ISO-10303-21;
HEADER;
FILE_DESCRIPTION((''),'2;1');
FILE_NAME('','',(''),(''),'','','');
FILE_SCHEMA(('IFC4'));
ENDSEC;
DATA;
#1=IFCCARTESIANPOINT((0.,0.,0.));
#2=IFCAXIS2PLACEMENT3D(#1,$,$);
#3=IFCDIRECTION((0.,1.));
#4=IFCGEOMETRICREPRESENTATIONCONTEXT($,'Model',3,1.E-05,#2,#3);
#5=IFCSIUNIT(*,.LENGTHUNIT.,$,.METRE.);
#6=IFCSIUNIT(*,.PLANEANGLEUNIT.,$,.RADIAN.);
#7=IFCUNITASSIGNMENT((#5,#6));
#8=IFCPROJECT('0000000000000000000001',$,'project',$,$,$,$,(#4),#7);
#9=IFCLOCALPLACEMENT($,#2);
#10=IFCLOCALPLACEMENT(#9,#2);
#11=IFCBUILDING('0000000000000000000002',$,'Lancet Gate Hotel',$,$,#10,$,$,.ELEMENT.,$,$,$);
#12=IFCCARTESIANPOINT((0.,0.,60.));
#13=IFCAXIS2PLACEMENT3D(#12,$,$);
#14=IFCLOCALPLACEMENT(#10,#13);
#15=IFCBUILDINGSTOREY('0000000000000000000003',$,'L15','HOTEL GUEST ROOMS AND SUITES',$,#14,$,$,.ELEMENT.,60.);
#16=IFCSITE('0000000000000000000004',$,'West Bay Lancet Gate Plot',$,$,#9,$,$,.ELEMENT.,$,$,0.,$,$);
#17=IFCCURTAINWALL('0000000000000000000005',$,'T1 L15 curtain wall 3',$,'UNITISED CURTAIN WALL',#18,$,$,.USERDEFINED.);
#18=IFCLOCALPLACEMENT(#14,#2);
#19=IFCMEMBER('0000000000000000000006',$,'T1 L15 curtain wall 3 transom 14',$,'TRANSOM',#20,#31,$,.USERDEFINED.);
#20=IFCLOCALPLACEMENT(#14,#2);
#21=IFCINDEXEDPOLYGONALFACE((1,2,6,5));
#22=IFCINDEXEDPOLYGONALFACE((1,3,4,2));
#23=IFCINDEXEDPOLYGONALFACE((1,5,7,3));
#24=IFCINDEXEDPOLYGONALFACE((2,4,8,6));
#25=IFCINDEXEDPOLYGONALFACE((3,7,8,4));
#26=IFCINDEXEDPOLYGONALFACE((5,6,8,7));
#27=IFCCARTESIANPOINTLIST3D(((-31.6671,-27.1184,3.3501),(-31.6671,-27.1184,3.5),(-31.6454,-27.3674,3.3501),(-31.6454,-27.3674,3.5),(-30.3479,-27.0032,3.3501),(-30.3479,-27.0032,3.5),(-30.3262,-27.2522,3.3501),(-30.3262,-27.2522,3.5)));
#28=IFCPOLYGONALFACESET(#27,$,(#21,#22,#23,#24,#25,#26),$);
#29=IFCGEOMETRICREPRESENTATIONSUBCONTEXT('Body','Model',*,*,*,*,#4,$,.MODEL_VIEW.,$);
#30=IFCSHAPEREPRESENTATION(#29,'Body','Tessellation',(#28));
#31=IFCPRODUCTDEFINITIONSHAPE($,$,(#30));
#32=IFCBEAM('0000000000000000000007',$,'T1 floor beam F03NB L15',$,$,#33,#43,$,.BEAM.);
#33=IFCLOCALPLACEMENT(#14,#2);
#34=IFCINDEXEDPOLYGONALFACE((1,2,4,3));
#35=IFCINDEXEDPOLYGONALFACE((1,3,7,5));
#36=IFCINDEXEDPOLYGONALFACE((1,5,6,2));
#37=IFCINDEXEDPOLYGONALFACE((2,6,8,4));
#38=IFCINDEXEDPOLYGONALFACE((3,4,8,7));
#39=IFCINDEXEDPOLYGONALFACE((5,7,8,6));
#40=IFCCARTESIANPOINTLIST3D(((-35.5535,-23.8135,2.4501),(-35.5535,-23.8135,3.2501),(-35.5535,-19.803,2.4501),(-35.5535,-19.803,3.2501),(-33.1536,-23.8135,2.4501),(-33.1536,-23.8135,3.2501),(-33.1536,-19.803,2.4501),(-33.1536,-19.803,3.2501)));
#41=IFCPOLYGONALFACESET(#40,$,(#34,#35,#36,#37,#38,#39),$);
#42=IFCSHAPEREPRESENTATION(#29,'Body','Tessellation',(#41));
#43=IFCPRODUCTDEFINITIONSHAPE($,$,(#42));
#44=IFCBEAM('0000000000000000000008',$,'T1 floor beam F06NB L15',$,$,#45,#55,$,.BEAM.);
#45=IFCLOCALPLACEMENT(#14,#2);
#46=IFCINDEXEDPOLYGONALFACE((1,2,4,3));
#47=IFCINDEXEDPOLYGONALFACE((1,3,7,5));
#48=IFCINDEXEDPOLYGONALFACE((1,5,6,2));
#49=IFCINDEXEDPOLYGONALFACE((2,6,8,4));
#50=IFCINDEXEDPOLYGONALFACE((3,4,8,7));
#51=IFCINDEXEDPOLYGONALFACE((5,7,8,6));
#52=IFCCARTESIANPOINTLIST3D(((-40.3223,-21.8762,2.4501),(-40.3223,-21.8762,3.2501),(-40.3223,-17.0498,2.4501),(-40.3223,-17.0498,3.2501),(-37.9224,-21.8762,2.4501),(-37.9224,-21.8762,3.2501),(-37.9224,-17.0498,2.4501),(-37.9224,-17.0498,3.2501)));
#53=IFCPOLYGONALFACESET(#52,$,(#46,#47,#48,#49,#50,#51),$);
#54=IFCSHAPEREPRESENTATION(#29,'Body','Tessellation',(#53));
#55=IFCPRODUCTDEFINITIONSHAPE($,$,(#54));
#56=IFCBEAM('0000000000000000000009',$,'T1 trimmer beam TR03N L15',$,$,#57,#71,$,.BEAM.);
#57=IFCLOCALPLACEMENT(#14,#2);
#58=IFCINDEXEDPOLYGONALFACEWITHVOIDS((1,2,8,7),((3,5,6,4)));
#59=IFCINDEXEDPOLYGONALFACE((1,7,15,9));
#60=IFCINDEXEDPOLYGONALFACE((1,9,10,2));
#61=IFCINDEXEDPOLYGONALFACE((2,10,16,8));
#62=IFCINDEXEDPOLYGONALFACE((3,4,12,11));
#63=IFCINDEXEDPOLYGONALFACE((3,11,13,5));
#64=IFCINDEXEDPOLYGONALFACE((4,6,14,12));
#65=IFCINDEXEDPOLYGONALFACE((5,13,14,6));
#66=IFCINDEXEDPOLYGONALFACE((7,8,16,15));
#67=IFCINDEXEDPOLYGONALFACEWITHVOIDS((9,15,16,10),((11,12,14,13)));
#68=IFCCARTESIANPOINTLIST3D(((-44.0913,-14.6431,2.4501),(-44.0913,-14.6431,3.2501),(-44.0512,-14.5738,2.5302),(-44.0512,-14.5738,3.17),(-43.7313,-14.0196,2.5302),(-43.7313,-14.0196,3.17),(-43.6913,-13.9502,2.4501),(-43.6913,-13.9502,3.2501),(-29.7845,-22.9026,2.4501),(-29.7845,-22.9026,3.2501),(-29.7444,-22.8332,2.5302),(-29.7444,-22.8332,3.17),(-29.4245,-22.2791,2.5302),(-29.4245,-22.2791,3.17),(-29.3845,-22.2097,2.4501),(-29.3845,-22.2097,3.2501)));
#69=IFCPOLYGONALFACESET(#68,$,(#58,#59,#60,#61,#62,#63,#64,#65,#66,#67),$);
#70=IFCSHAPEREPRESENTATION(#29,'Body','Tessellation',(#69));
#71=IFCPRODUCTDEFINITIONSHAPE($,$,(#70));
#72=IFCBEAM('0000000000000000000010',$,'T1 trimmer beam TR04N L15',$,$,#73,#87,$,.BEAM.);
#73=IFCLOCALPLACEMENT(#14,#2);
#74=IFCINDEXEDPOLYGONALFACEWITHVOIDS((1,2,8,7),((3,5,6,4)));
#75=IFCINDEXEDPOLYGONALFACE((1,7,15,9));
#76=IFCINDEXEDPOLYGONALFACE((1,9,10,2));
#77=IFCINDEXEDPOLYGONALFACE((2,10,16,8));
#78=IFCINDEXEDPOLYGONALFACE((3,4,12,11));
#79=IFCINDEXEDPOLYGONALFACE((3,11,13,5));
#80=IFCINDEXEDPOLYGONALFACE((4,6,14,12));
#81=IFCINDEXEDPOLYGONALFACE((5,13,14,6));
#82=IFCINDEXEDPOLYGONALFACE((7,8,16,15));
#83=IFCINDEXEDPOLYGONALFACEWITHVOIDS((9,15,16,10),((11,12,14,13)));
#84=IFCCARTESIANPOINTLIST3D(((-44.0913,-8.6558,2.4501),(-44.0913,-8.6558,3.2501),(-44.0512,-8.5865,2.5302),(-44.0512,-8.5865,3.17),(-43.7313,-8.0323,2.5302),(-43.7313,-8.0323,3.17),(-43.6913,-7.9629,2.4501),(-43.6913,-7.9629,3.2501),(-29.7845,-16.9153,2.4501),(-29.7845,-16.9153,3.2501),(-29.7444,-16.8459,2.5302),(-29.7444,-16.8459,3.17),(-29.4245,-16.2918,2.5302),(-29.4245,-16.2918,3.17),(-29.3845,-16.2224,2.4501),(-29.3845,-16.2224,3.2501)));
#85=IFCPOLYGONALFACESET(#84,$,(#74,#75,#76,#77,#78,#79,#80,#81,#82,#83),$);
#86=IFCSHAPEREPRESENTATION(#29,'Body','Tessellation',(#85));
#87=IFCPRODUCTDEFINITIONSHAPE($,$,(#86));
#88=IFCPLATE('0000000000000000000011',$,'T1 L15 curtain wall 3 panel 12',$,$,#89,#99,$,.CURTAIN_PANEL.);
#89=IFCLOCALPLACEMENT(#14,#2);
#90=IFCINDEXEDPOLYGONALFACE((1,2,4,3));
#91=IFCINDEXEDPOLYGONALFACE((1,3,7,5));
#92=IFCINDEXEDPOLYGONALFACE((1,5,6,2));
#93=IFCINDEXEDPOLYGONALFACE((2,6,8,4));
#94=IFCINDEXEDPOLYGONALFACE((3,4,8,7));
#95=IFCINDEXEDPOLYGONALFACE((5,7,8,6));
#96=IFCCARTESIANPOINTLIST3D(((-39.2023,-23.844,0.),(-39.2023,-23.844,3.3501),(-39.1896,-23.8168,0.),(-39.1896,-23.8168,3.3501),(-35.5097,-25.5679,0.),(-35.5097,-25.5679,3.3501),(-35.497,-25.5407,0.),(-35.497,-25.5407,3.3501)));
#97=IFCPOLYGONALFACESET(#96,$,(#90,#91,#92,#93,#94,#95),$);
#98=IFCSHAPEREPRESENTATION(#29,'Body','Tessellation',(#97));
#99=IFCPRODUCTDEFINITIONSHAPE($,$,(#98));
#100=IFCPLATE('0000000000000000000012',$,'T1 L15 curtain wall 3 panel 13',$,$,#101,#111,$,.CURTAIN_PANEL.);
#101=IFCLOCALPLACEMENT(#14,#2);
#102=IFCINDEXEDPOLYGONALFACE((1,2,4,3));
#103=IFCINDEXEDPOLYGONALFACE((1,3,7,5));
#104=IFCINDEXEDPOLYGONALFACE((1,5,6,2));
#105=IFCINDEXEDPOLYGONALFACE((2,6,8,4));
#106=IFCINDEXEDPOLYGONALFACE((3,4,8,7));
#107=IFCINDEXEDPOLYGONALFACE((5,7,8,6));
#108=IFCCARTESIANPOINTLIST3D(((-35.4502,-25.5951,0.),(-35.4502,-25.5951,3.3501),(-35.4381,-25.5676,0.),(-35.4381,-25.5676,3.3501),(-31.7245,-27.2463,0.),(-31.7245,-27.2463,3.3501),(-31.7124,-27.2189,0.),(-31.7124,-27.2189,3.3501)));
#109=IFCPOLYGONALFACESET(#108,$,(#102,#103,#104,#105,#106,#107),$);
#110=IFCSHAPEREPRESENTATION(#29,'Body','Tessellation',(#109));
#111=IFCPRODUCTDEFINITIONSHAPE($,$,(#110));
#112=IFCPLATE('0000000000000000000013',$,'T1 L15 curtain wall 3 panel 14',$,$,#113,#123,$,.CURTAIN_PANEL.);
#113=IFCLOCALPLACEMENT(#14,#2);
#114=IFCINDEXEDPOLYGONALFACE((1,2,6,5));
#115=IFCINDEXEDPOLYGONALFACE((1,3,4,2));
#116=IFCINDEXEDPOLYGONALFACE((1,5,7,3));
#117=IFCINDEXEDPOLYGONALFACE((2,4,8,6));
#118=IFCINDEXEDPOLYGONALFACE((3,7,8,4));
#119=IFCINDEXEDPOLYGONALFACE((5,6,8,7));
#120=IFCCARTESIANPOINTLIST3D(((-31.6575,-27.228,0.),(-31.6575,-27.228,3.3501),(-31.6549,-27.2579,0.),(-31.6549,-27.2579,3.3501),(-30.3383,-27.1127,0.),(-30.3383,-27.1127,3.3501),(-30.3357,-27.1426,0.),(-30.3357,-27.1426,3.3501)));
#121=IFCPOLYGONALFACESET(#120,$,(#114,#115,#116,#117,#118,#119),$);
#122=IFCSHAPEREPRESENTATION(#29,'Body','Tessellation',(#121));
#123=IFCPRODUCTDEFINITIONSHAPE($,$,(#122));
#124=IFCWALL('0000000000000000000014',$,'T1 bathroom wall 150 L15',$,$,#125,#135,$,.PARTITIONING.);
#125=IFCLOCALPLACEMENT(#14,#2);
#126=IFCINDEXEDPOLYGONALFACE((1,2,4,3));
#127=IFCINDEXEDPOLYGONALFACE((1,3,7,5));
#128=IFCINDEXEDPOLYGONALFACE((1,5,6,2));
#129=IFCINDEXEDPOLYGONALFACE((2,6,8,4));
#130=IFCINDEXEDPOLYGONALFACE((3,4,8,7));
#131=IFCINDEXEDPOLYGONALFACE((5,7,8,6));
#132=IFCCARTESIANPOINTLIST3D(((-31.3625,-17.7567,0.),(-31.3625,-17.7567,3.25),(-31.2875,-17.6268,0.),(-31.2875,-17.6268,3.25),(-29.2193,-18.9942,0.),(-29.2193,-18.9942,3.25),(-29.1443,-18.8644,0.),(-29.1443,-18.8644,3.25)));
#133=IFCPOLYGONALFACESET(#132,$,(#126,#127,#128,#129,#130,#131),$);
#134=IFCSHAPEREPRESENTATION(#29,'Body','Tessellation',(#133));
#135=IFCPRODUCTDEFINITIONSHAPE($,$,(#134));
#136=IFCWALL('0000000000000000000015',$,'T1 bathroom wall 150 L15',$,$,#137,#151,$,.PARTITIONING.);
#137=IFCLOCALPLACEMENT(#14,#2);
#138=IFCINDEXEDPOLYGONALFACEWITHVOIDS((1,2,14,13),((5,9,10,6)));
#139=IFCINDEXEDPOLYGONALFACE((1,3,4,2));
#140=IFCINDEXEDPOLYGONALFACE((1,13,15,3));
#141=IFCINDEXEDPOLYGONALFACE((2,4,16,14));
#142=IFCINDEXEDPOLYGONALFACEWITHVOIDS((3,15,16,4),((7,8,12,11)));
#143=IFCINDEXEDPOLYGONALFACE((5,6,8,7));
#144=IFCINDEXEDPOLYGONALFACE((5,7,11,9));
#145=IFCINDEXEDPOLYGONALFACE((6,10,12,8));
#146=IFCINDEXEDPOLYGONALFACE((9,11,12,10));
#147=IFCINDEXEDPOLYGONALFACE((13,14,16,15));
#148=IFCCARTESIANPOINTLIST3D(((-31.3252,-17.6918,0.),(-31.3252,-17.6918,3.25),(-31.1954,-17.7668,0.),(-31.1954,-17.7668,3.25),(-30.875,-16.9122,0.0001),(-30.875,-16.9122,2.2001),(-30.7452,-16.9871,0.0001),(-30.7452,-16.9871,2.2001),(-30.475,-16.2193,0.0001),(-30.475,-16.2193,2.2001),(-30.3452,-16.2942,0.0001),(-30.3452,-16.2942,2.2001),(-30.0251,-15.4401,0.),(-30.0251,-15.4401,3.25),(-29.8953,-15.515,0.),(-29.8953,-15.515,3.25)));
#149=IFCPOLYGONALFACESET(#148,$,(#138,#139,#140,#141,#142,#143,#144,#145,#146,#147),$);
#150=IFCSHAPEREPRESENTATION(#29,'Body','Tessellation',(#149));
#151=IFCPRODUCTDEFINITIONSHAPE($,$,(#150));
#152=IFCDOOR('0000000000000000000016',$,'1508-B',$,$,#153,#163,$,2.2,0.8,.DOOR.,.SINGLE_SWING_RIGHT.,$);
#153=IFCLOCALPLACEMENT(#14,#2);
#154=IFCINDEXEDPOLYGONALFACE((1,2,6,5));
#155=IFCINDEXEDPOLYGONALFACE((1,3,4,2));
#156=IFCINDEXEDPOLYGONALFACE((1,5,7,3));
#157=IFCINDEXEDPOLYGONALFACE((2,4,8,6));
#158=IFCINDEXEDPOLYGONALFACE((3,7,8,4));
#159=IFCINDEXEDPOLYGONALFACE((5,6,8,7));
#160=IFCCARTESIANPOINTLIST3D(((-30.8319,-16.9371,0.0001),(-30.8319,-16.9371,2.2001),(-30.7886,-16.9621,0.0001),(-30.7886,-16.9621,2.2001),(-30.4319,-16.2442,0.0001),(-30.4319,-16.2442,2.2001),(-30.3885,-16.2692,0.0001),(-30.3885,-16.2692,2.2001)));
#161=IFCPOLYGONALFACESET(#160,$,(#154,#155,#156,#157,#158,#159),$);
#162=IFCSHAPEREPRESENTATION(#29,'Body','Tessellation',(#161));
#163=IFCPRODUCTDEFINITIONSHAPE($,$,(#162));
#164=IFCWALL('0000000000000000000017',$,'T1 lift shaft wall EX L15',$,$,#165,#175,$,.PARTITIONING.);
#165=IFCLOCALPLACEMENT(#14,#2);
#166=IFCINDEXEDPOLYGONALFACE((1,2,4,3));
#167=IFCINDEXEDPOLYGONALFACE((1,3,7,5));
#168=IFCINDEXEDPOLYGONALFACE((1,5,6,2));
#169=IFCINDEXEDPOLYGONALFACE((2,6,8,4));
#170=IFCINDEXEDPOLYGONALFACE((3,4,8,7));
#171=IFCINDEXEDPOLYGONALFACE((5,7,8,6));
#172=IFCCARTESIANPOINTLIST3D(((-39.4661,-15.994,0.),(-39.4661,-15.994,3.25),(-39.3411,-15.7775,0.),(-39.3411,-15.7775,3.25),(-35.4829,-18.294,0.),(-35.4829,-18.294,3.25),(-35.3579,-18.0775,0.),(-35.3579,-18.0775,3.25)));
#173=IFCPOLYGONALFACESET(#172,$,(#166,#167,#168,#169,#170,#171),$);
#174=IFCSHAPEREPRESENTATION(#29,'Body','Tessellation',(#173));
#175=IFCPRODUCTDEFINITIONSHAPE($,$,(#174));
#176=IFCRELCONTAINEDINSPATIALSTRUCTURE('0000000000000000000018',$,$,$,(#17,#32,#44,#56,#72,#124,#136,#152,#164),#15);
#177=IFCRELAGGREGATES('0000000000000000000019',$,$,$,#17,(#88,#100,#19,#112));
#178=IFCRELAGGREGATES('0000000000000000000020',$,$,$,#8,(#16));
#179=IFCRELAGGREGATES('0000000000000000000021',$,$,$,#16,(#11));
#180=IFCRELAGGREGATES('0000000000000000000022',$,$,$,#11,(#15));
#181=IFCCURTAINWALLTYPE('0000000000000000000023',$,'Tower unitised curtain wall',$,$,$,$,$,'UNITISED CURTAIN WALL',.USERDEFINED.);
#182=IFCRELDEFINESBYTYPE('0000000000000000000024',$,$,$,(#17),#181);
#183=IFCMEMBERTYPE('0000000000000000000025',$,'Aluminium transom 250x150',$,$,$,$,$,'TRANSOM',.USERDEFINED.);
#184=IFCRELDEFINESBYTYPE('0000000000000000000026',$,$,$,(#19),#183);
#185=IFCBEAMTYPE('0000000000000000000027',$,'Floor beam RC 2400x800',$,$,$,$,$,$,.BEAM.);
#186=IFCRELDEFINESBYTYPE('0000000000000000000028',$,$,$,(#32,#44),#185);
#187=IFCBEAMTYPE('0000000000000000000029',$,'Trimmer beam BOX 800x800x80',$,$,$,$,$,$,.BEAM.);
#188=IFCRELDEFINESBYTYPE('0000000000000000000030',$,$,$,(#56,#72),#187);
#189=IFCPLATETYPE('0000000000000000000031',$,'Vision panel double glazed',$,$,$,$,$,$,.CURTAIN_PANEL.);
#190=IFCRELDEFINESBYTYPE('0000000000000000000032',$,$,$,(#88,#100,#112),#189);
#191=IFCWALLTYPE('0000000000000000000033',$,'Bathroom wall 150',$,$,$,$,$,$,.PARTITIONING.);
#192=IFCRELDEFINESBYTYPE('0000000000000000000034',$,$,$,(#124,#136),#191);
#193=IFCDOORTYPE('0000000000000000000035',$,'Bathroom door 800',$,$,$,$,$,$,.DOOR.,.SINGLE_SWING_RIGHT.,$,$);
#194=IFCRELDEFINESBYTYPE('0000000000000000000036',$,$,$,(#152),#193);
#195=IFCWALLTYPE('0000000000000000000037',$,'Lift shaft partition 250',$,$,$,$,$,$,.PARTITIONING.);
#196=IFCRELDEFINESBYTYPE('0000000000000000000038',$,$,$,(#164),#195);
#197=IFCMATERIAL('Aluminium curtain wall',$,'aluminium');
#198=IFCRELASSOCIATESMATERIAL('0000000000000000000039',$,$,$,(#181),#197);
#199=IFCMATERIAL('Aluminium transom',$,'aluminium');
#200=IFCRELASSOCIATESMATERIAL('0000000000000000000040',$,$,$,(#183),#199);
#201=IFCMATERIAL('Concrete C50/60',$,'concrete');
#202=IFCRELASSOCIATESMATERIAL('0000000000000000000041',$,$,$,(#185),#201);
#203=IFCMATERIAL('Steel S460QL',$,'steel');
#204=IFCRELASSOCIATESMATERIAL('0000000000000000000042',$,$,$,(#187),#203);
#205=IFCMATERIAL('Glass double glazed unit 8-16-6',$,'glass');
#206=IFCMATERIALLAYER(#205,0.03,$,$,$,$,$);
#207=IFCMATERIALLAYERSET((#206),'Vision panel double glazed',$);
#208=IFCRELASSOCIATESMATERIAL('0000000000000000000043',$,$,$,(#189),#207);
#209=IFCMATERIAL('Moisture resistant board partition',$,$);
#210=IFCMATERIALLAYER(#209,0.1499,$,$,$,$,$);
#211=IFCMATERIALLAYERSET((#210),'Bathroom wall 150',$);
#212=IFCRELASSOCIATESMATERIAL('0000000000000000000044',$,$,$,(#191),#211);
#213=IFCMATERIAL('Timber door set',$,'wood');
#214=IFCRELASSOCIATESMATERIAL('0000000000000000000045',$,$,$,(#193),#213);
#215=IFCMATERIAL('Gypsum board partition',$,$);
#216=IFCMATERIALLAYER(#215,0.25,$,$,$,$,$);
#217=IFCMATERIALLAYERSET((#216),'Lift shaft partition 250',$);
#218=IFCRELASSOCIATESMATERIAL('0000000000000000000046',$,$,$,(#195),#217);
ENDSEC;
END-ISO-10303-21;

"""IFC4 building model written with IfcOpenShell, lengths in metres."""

from ifc_helpers import new_model, si_unit, direction, frame, frame_2d, origin, origin_2d, place, context, subcontext, project, spatial, rectangle, hollow_rectangle, extrude, material, layer, layer_set, material_profile, profile_set, type_object, element, fill, aggregate, save


model = new_model("IFC4")

# Units and contexts
model_context = context("Model", 3, precision=1e-05, world=origin(), true_north=direction((0.0, 1.0)))
body_context = subcontext(model_context, "Body", "Model", "MODEL_VIEW")
ifc_project = project(units=[si_unit("LENGTHUNIT", "METRE"), si_unit("PLANEANGLEUNIT", "RADIAN")], contexts=[model_context])

# Site, building, storey
site_placement = place(None, origin())
site = spatial("IfcSite", under=ifc_project, at=site_placement, Name="West Bay Lancet Gate Plot", CompositionType="ELEMENT", RefElevation=0.0)
building_placement = place(site_placement, origin())
building = spatial("IfcBuilding", under=site, at=building_placement, Name="Lancet Gate Hotel", CompositionType="ELEMENT")
storey_placement = place(building_placement, frame((0.0, 0.0, 60.0)))
storey = spatial("IfcBuildingStorey", under=building, at=storey_placement, Name="L15", Description="HOTEL GUEST ROOMS AND SUITES", CompositionType="ELEMENT", Elevation=60.0)

# Curtain wall, member
ifc_material_1 = material(Name="Aluminium curtain wall", Category="aluminium")
curtain_wall_type = type_object("IfcCurtainWallType", Name="Tower unitised curtain wall", ElementType="UNITISED CURTAIN WALL", PredefinedType="USERDEFINED", material=ifc_material_1)
curtain_wall_placement = place(storey_placement, origin())
curtain_wall = element("IfcCurtainWall", 1, at=curtain_wall_placement, inside=storey, type_object=curtain_wall_type, Name="T1 L15 curtain wall 3", ObjectType="UNITISED CURTAIN WALL", PredefinedType="USERDEFINED")
ifc_material_2 = material(Name="Aluminium transom", Category="aluminium")
ifc_material_profile_1 = material_profile(ifc_material_2, rectangle(XDim=0.25, YDim=0.1499, at=origin_2d()), Name="TRANSOM 250x150")
ifc_profile_set_1 = profile_set([ifc_material_profile_1], Name="Aluminium transom")
member_type_1 = type_object("IfcMemberType", Name="Aluminium transom 250x150", ElementType="TRANSOM", PredefinedType="USERDEFINED", material=ifc_profile_set_1)
member_1_placement = place(storey_placement, frame((-31.6562, -27.2429, 3.425), z_axis=(0.996206, 0.087027, 0.0), x_axis=(-0.087027, 0.996206, 0.0)))
member_1 = element("IfcMember", 2, at=member_1_placement, type_object=member_type_1, Name="T1 L15 curtain wall 3 transom 14", ObjectType="TRANSOM", PredefinedType="USERDEFINED", context=body_context, shape_type="SweptSolid", body=[
    extrude(rectangle(XDim=0.25, YDim=0.1499, at=origin_2d()), origin(), (0.0, 0.0, 1.0), 1.3242),
])

# Beams
ifc_material_3 = material(Name="Concrete C50/60", Category="concrete")
ifc_material_profile_2 = material_profile(ifc_material_3, rectangle(XDim=2.3999, YDim=0.8, at=origin_2d()), Name="RC 2400x800")
ifc_profile_set_2 = profile_set([ifc_material_profile_2], Name="Concrete C50/60")
beam_type_1 = type_object("IfcBeamType", Name="Floor beam RC 2400x800", PredefinedType="BEAM", material=ifc_profile_set_2)
beam_1_placement = place(storey_placement, frame((-34.3535, -19.803, 2.8501), z_axis=(0.0, -1.0, 0.0), x_axis=(1.0, 0.0, 0.0)))
element("IfcBeam", 3, at=beam_1_placement, inside=storey, type_object=beam_type_1, Name="T1 floor beam F03NB L15", PredefinedType="BEAM", context=body_context, shape_type="SweptSolid", body=[
    extrude(rectangle(XDim=2.3999, YDim=0.8, at=origin_2d()), origin(), (0.0, 0.0, 1.0), 4.0105),
])
beam_2_placement = place(storey_placement, frame((-39.1223, -17.0498, 2.8501), z_axis=(0.0, -1.0, 0.0), x_axis=(1.0, 0.0, 0.0)))
element("IfcBeam", 4, at=beam_2_placement, inside=storey, type_object=beam_type_1, Name="T1 floor beam F06NB L15", PredefinedType="BEAM", context=body_context, shape_type="SweptSolid", body=[
    extrude(rectangle(XDim=2.3999, YDim=0.8, at=origin_2d()), origin(), (0.0, 0.0, 1.0), 4.8264),
])
ifc_material_4 = material(Name="Steel S460QL", Category="steel")
ifc_material_profile_3 = material_profile(ifc_material_4, hollow_rectangle(XDim=0.8, YDim=0.8, WallThickness=0.0801, at=origin_2d()), Name="BOX 800x800x80")
ifc_profile_set_3 = profile_set([ifc_material_profile_3], Name="Steel S460QL")
beam_type_2 = type_object("IfcBeamType", Name="Trimmer beam BOX 800x800x80", PredefinedType="BEAM", material=ifc_profile_set_3)
for number, where, z_axis, x_axis, name in (
    (5, (-29.5845, -22.5562, 2.8501), (-0.86604, 0.499974, 0.0), (-0.499974, -0.86604, 0.0), "T1 trimmer beam TR03N L15"),
    (6, (-29.5845, -16.5688, 2.8501), (-0.86604, 0.499974, 0.0), (-0.499974, -0.86604, 0.0), "T1 trimmer beam TR04N L15"),
):
    element("IfcBeam", number, at=place(storey_placement, frame(where, z_axis=z_axis, x_axis=x_axis)), inside=storey, type_object=beam_type_2, Name=name, PredefinedType="BEAM", context=body_context, shape_type="SweptSolid", body=[
        extrude(hollow_rectangle(XDim=0.8, YDim=0.8, WallThickness=0.0801, at=origin_2d()), origin(), (0.0, 0.0, 1.0), 16.5198),
    ])

# Plates
ifc_material_5 = material(Name="Glass double glazed unit 8-16-6", Category="glass")
ifc_layer_1 = layer(ifc_material_5, 0.03)
ifc_layer_set_1 = layer_set([ifc_layer_1], Name="Vision panel double glazed")
plate_type = type_object("IfcPlateType", Name="Vision panel double glazed", PredefinedType="CURTAIN_PANEL", material=ifc_layer_set_1)
plate_1_placement = place(storey_placement, frame((-37.3496, -24.6924, 0.0), z_axis=(0.0, 0.0, 1.0), x_axis=(0.906118, -0.423026, 0.0)))
plate_1 = element("IfcPlate", 7, at=plate_1_placement, type_object=plate_type, Name="T1 L15 curtain wall 3 panel 12", PredefinedType="CURTAIN_PANEL", context=body_context, shape_type="SweptSolid", body=[
    extrude(rectangle(XDim=4.0752, YDim=0.03, at=origin_2d()), origin(), (0.0, 0.0, 1.0), 3.3501),
])
plate_2_placement = place(storey_placement, frame((-33.5813, -26.407, 0.0), z_axis=(0.0, 0.0, 1.0), x_axis=(0.914234, -0.405186, 0.0)))
plate_2 = element("IfcPlate", 8, at=plate_2_placement, type_object=plate_type, Name="T1 L15 curtain wall 3 panel 13", PredefinedType="CURTAIN_PANEL", context=body_context, shape_type="SweptSolid", body=[
    extrude(rectangle(XDim=4.0752, YDim=0.03, at=origin_2d()), origin(), (0.0, 0.0, 1.0), 3.3501),
])
plate_3_placement = place(storey_placement, frame((-30.9966, -27.1853, 0.0), z_axis=(0.0, 0.0, 1.0), x_axis=(0.996204, 0.087052, 0.0)))
plate_3 = element("IfcPlate", 9, at=plate_3_placement, type_object=plate_type, Name="T1 L15 curtain wall 3 panel 14", PredefinedType="CURTAIN_PANEL", context=body_context, shape_type="SweptSolid", body=[
    extrude(rectangle(XDim=1.3242, YDim=0.03, at=origin_2d()), origin(), (0.0, 0.0, 1.0), 3.3501),
])
aggregate(curtain_wall, [plate_1, plate_2, member_1, plate_3])

# Wall
ifc_material_6 = material(Name="Moisture resistant board partition")
ifc_layer_2 = layer(ifc_material_6, 0.1499)
ifc_layer_set_2 = layer_set([ifc_layer_2], Name="Bathroom wall 150")
wall_type_1 = type_object("IfcWallType", Name="Bathroom wall 150", PredefinedType="PARTITIONING", material=ifc_layer_set_2)
wall_1_placement = place(storey_placement, frame((-29.1819, -18.9292, 0.0), z_axis=(0.0, 0.0, 1.0), x_axis=(-0.866007, 0.500033, 0.0)))
element("IfcWall", 10, at=wall_1_placement, inside=storey, type_object=wall_type_1, Name="T1 bathroom wall 150 L15", PredefinedType="PARTITIONING", context=body_context, shape_type="SweptSolid", body=[
    extrude(rectangle(XDim=2.4749, YDim=0.1499, at=frame_2d((1.2373, 0.0))), origin(), (0.0, 0.0, 1.0), 3.25),
])

# Wall, opening, door
wall_2_placement = place(storey_placement, frame((-29.9602, -15.4775, 0.0), z_axis=(0.0, 0.0, 1.0), x_axis=(-0.500007, -0.866021, 0.0)))
wall_2 = element("IfcWall", 11, at=wall_2_placement, inside=storey, type_object=wall_type_1, Name="T1 bathroom wall 150 L15", PredefinedType="PARTITIONING", context=body_context, shape_type="SweptSolid", body=[
    extrude(rectangle(XDim=2.6001, YDim=0.1499, at=frame_2d((1.3, 0.0))), origin(), (0.0, 0.0, 1.0), 3.25),
])
opening_placement = place(wall_2_placement, frame((0.8999, 0.0, 0.0)))
opening = element("IfcOpeningElement", 12, at=opening_placement, cuts=wall_2, PredefinedType="OPENING", context=body_context, shape_type="SweptSolid", body=[
    extrude(rectangle(XDim=0.8, YDim=2.2, at=frame_2d((0.3999, 1.1001))), frame((0.0, 0.085, 0.0), z_axis=(0.0, -1.0, 0.0), x_axis=(1.0, 0.0, 0.0)), (0.0, 0.0, 1.0), 0.1699),
])
ifc_material_7 = material(Name="Timber door set", Category="wood")
door_type = type_object("IfcDoorType", Name="Bathroom door 800", OperationType="SINGLE_SWING_RIGHT", PredefinedType="DOOR", material=ifc_material_7)
door_placement = place(opening_placement, origin())
door = element("IfcDoor", 13, at=door_placement, inside=storey, type_object=door_type, Name="1508-B", OperationType="SINGLE_SWING_RIGHT", OverallHeight=2.2, OverallWidth=0.8, PredefinedType="DOOR", context=body_context, shape_type="SweptSolid", body=[
    extrude(rectangle(XDim=0.8, YDim=2.2, at=frame_2d((0.3999, 1.1001))), frame((0.0, 0.0249, 0.0), z_axis=(0.0, -1.0, 0.0), x_axis=(1.0, 0.0, 0.0)), (0.0, 0.0, 1.0), 0.05),
])
fill(opening, door)

# Wall
ifc_material_8 = material(Name="Gypsum board partition")
ifc_layer_3 = layer(ifc_material_8, 0.25)
ifc_layer_set_3 = layer_set([ifc_layer_3], Name="Lift shaft partition 250")
wall_type_2 = type_object("IfcWallType", Name="Lift shaft partition 250", PredefinedType="PARTITIONING", material=ifc_layer_set_3)
wall_3_placement = place(storey_placement, frame((-35.4204, -18.1858, 0.0), z_axis=(0.0, 0.0, 1.0), x_axis=(-0.86599, 0.500061, 0.0)))
element("IfcWall", 14, at=wall_3_placement, inside=storey, type_object=wall_type_2, Name="T1 lift shaft wall EX L15", PredefinedType="PARTITIONING", context=body_context, shape_type="SweptSolid", body=[
    extrude(rectangle(XDim=4.5996, YDim=0.25, at=frame_2d((2.2998, 0.0))), origin(), (0.0, 0.0, 1.0), 3.25),
])

save(model, "model.ifc")
